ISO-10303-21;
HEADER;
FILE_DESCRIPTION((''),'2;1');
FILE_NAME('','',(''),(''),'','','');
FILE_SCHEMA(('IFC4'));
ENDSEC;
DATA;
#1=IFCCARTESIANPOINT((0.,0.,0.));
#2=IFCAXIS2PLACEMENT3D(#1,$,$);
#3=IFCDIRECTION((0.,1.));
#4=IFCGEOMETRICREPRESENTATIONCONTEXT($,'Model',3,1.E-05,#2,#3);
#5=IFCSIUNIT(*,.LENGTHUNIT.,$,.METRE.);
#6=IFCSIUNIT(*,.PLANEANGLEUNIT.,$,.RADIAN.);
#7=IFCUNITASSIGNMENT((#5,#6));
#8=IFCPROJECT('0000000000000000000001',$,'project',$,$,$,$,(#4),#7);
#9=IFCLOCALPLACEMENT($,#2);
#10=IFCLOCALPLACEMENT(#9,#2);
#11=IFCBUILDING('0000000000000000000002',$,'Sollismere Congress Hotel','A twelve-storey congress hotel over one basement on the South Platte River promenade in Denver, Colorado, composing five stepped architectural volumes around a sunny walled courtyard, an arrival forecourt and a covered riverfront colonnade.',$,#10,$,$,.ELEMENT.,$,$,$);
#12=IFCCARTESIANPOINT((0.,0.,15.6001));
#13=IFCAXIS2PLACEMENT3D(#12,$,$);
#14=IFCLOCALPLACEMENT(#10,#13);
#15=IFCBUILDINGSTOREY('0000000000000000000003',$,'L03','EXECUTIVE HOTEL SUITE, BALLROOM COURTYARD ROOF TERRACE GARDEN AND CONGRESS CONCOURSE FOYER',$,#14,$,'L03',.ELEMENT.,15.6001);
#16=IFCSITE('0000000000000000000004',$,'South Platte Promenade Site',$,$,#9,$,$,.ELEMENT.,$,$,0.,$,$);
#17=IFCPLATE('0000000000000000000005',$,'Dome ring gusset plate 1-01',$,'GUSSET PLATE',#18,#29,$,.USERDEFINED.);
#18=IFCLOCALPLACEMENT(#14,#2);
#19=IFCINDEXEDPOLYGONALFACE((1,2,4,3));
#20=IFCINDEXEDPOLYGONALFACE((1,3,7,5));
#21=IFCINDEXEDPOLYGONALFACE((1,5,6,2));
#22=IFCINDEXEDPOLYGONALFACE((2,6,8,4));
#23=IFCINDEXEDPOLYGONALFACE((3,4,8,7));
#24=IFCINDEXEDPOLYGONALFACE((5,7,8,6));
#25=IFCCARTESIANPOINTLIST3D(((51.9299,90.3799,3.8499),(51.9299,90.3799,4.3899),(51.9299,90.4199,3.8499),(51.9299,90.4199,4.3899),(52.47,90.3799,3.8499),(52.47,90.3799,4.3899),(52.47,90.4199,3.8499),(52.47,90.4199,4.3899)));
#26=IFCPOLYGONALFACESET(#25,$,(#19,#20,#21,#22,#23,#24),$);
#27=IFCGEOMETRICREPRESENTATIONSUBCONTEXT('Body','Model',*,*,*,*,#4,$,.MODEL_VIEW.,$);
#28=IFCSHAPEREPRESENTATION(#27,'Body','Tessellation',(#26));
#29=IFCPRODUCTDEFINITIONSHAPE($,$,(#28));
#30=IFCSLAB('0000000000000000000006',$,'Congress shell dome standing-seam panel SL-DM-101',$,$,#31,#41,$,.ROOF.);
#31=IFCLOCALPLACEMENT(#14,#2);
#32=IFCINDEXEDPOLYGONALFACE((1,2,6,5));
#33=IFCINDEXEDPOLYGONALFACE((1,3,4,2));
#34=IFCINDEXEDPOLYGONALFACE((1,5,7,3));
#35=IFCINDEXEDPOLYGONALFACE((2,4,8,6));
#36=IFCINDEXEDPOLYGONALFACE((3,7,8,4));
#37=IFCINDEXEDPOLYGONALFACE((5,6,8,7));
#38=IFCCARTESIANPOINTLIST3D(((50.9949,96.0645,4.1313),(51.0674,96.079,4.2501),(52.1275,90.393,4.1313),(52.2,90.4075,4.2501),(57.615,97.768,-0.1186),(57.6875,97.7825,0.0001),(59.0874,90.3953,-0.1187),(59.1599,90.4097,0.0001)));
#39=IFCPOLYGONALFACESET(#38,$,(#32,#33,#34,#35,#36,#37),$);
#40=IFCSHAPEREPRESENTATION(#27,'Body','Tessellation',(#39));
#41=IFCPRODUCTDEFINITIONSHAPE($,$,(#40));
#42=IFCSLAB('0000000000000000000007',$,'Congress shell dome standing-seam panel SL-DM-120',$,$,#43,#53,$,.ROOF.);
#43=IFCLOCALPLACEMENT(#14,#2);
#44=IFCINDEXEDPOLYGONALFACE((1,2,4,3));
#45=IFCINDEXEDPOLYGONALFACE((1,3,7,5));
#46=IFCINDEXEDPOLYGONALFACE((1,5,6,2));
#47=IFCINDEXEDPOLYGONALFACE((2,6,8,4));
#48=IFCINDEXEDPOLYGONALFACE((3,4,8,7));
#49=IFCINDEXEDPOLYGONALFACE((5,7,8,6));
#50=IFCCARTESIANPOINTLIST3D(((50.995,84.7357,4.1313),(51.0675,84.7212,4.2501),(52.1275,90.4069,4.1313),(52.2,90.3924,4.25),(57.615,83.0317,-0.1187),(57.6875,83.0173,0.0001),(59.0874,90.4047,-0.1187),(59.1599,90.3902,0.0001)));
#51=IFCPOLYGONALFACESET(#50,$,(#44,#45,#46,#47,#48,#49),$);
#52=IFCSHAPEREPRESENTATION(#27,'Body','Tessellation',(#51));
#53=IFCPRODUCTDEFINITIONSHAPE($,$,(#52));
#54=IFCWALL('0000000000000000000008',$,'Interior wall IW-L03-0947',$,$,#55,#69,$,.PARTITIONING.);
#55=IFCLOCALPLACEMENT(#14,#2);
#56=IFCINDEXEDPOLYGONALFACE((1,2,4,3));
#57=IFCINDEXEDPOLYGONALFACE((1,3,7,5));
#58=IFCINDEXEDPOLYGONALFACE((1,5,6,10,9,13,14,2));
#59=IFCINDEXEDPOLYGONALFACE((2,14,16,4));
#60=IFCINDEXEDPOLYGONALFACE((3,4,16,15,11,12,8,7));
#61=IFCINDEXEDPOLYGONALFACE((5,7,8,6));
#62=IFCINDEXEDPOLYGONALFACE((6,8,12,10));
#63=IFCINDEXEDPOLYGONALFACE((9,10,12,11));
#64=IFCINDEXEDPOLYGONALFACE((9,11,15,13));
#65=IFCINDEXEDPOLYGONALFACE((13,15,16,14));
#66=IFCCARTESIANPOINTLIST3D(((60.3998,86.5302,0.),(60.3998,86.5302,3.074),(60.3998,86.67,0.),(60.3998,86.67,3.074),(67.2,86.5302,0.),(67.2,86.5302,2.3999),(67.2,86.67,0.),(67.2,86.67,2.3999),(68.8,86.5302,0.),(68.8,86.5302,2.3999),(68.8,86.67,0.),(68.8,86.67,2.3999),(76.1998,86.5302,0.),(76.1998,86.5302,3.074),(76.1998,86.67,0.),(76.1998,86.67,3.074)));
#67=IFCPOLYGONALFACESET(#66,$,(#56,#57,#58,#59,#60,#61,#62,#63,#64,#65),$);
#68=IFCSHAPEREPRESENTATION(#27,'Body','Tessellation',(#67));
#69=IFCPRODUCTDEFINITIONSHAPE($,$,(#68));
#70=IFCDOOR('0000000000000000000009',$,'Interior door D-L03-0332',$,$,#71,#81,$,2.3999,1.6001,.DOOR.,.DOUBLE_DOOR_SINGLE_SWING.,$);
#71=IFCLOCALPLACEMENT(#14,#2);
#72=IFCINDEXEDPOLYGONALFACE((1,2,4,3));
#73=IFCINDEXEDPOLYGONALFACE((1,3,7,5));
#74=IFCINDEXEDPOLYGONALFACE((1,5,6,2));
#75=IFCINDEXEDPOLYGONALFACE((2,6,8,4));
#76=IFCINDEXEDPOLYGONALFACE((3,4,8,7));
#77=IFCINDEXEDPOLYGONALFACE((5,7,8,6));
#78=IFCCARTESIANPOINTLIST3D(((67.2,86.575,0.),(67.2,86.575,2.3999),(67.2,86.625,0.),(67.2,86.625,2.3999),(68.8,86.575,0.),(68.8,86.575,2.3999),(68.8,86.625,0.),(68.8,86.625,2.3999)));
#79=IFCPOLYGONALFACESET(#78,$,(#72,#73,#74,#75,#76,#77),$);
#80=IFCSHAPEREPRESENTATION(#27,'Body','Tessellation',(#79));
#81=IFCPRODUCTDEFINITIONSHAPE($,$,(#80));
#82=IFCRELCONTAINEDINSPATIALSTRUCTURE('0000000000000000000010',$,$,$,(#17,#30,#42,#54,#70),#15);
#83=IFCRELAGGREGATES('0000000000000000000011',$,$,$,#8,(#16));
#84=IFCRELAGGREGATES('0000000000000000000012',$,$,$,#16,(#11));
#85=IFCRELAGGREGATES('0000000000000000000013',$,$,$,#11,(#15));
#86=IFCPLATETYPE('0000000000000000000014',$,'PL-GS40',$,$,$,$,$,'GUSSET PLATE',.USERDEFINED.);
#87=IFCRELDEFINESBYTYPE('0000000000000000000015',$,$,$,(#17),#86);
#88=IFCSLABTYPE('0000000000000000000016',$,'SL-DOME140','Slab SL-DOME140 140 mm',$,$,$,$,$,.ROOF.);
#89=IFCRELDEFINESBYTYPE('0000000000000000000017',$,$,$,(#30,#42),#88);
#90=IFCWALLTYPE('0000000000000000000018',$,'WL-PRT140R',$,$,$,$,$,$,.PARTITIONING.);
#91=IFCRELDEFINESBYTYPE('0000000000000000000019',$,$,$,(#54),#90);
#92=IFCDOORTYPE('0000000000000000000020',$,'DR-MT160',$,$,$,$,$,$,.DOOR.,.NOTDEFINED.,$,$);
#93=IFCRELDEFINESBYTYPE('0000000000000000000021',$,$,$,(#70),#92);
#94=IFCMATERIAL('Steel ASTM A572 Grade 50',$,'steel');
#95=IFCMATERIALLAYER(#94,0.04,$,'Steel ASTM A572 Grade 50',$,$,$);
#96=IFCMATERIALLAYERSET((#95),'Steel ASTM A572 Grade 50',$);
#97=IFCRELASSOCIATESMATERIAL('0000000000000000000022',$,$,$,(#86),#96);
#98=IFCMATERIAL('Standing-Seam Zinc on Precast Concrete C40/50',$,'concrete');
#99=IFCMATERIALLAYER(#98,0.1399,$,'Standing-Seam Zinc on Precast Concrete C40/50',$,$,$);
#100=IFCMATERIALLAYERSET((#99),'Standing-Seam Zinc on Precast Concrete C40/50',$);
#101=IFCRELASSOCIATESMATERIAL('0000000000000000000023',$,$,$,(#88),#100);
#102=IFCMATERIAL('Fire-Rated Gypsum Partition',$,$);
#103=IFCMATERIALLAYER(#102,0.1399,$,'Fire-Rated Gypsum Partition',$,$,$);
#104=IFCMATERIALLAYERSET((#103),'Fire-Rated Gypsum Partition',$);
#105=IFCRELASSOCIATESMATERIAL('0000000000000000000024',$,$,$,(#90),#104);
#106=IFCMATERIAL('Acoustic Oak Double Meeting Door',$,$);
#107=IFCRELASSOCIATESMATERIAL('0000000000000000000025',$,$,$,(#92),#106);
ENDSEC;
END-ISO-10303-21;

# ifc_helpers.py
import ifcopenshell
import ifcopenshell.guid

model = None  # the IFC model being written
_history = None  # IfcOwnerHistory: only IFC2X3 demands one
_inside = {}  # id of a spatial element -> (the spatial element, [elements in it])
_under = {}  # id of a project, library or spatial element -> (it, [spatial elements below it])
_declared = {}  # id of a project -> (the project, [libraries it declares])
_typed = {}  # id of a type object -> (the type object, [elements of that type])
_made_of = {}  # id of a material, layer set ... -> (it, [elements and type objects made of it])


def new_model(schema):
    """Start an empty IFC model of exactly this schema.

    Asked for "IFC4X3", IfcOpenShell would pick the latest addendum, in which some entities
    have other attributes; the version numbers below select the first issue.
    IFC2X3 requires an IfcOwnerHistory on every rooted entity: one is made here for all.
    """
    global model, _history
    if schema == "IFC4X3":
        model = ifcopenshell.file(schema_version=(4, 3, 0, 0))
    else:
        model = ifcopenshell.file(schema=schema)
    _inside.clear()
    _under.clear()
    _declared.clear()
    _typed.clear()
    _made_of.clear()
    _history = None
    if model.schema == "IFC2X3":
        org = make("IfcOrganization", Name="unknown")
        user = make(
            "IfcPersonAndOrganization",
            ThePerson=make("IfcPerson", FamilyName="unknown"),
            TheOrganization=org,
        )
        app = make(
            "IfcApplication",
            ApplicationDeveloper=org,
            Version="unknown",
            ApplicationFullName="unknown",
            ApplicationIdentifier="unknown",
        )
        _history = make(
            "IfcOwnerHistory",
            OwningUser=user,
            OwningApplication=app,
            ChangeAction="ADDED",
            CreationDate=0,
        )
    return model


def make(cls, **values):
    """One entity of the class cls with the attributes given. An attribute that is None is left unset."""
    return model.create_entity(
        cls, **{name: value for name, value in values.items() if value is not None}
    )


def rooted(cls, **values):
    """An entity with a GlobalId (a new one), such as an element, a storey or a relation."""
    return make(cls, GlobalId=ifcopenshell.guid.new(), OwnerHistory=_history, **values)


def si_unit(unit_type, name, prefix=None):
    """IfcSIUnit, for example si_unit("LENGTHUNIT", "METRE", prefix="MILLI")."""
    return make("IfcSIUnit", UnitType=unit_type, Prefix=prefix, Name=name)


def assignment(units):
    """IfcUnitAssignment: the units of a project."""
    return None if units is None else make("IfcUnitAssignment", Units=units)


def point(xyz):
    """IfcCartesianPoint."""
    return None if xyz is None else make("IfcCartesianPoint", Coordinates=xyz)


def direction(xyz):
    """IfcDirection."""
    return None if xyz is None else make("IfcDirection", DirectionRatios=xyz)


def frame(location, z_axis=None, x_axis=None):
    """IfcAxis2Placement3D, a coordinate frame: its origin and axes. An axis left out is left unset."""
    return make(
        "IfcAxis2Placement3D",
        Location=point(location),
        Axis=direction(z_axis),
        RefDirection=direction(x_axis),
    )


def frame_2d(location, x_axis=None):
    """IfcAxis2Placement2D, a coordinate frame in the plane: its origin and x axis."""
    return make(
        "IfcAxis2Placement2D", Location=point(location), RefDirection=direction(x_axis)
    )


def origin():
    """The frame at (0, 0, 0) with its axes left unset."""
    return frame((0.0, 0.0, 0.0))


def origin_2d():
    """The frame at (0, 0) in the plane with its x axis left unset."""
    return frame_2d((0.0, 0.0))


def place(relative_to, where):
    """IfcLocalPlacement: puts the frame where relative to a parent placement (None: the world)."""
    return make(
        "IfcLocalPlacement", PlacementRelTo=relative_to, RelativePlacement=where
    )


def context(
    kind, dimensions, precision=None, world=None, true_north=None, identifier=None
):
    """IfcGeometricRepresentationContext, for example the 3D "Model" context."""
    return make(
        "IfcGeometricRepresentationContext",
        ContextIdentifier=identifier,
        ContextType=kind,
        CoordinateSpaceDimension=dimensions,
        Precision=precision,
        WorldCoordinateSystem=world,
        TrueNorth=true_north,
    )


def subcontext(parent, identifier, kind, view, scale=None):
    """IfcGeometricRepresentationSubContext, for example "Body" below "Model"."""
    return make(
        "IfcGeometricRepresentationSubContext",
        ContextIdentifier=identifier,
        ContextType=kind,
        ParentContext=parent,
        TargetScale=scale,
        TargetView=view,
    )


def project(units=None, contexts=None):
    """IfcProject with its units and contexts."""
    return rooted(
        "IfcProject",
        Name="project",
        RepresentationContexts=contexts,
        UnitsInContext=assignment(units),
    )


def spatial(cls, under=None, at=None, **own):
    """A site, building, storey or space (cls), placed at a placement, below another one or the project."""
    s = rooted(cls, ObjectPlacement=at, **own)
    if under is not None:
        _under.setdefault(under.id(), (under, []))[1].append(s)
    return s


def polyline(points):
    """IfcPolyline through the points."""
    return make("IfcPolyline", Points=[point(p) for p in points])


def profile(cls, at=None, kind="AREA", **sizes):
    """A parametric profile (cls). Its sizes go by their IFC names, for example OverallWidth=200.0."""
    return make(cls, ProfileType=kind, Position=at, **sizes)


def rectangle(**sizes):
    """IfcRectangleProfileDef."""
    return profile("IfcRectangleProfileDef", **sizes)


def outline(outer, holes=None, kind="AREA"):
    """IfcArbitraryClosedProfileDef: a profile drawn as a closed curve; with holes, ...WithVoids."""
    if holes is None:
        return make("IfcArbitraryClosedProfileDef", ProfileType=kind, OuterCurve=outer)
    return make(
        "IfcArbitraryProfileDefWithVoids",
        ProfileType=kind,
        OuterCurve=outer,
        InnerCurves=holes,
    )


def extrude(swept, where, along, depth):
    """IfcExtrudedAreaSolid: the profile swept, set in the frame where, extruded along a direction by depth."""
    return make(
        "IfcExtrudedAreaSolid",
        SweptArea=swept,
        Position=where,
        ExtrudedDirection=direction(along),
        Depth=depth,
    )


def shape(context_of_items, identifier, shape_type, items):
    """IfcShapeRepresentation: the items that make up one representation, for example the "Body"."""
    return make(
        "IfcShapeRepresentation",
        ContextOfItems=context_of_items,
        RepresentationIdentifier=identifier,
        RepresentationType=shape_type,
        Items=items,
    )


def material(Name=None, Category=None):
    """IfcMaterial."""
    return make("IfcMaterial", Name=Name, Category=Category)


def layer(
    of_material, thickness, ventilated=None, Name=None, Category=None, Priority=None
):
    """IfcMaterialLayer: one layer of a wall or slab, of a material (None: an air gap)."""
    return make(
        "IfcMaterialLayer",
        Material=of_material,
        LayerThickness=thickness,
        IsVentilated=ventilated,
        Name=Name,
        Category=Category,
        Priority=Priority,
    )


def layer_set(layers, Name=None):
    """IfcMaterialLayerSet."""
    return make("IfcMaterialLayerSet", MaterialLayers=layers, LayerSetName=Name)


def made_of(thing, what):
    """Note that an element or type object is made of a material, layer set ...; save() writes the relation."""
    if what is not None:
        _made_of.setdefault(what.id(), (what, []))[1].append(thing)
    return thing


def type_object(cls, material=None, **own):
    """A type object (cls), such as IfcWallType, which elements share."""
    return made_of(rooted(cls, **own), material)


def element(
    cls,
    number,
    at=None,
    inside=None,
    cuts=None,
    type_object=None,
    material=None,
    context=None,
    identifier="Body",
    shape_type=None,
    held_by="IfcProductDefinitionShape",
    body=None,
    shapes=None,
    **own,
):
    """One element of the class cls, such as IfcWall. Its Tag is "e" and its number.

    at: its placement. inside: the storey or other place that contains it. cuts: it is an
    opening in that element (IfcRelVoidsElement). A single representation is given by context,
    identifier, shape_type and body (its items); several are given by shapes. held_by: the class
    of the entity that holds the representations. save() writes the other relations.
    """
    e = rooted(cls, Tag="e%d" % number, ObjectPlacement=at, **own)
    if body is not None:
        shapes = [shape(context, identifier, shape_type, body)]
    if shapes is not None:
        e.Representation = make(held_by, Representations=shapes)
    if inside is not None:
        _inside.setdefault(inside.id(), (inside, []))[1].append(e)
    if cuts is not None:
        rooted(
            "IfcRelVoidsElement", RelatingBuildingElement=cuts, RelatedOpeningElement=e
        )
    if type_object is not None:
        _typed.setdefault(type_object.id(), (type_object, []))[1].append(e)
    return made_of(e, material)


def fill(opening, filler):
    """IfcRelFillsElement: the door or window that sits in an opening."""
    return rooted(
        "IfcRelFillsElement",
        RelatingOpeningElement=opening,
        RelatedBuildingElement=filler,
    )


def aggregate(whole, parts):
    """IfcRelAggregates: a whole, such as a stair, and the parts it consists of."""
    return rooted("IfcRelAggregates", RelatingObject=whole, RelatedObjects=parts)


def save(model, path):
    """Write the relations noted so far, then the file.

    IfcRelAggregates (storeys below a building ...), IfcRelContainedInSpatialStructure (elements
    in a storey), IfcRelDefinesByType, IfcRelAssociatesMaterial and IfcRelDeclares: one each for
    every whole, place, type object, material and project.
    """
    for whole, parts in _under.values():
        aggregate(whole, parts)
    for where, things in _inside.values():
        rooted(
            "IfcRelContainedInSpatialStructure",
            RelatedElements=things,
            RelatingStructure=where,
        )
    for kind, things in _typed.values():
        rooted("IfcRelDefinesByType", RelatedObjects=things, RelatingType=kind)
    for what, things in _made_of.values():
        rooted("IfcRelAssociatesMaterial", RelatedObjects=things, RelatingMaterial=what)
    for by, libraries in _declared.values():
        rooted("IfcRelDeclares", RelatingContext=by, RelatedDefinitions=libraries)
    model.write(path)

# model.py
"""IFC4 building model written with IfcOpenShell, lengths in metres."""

from ifc_helpers import new_model, si_unit, direction, frame, frame_2d, origin, origin_2d, place, context, subcontext, project, spatial, polyline, rectangle, outline, extrude, material, layer, layer_set, type_object, element, fill, save


model = new_model("IFC4")

# Units and contexts
model_context = context("Model", 3, precision=1e-05, world=origin(), true_north=direction((0.0, 1.0)))
body_context = subcontext(model_context, "Body", "Model", "MODEL_VIEW")
ifc_project = project(units=[si_unit("LENGTHUNIT", "METRE"), si_unit("PLANEANGLEUNIT", "RADIAN")], contexts=[model_context])

# Site, building, storey
site_placement = place(None, origin())
site = spatial("IfcSite", under=ifc_project, at=site_placement, Name="South Platte Promenade Site", CompositionType="ELEMENT", RefElevation=0.0)
building_placement = place(site_placement, origin())
building = spatial("IfcBuilding", under=site, at=building_placement, Name="Sollismere Congress Hotel", Description="A twelve-storey congress hotel over one basement on the South Platte River promenade in Denver, Colorado, composing five stepped architectural volumes around a sunny walled courtyard, an arrival forecourt and a covered riverfront colonnade.", CompositionType="ELEMENT")
storey_placement = place(building_placement, frame((0.0, 0.0, 15.6001)))
storey = spatial("IfcBuildingStorey", under=building, at=storey_placement, Name="L03", Description="EXECUTIVE HOTEL SUITE, BALLROOM COURTYARD ROOF TERRACE GARDEN AND CONGRESS CONCOURSE FOYER", LongName="L03", CompositionType="ELEMENT", Elevation=15.6001)

# Plate
ifc_material_1 = material(Name="Steel ASTM A572 Grade 50", Category="steel")
ifc_layer_1 = layer(ifc_material_1, 0.04, Name="Steel ASTM A572 Grade 50")
ifc_layer_set_1 = layer_set([ifc_layer_1], Name="Steel ASTM A572 Grade 50")
plate_type_1 = type_object("IfcPlateType", Name="PL-GS40", ElementType="GUSSET PLATE", PredefinedType="USERDEFINED", material=ifc_layer_set_1)
plate_1_placement = place(storey_placement, frame((52.2, 90.3999, 3.8499), z_axis=(0.0, 0.0, 1.0), x_axis=(1.0, 0.0, 0.0)))
element("IfcPlate", 1, at=plate_1_placement, inside=storey, type_object=plate_type_1, Name="Dome ring gusset plate 1-01", ObjectType="GUSSET PLATE", PredefinedType="USERDEFINED", context=body_context, shape_type="SweptSolid", body=[
    extrude(rectangle(XDim=0.54, YDim=0.04, at=origin_2d()), origin(), (0.0, 0.0, 1.0), 0.54),
])

# Slabs
ifc_material_2 = material(Name="Standing-Seam Zinc on Precast Concrete C40/50", Category="concrete")
ifc_layer_2 = layer(ifc_material_2, 0.1399, Name="Standing-Seam Zinc on Precast Concrete C40/50")
ifc_layer_set_2 = layer_set([ifc_layer_2], Name="Standing-Seam Zinc on Precast Concrete C40/50")
slab_type = type_object("IfcSlabType", Name="SL-DOME140", Description="Slab SL-DOME140 140 mm", PredefinedType="ROOF", material=ifc_layer_set_2)
slab_1_placement = place(storey_placement, frame((59.0874, 90.3953, -0.1187), z_axis=(0.518333, 0.103513, 0.848891), x_axis=(-0.19584, 0.980636, 0.000002)))
element("IfcSlab", 2, at=slab_1_placement, inside=storey, type_object=slab_type, Name="Congress shell dome standing-seam panel SL-DM-101", PredefinedType="ROOF", context=body_context, shape_type="SweptSolid", body=[
    extrude(outline(polyline([(0.0, 0.0), (7.5183, 0.0), (7.1443, 8.0405), (1.3608, 8.0405), (0.0, 0.0)])), origin(), (0.0, 0.0, 1.0), 0.1399),
])
slab_2_placement = place(storey_placement, frame((57.615, 83.0317, -0.1187), z_axis=(0.518332, -0.103511, 0.848892), x_axis=(0.195835, 0.980637, -0.000001)))
element("IfcSlab", 3, at=slab_2_placement, inside=storey, type_object=slab_type, Name="Congress shell dome standing-seam panel SL-DM-120", PredefinedType="ROOF", context=body_context, shape_type="SweptSolid", body=[
    extrude(outline(polyline([(0.0, 0.0), (7.5186, 0.0), (6.1577, 8.0405), (0.3745, 8.0405), (0.0, 0.0)])), origin(), (0.0, 0.0, 1.0), 0.1399),
])

# Wall, opening, door
ifc_material_3 = material(Name="Fire-Rated Gypsum Partition")
ifc_layer_3 = layer(ifc_material_3, 0.1399, Name="Fire-Rated Gypsum Partition")
ifc_layer_set_3 = layer_set([ifc_layer_3], Name="Fire-Rated Gypsum Partition")
wall_type = type_object("IfcWallType", Name="WL-PRT140R", PredefinedType="PARTITIONING", material=ifc_layer_set_3)
wall_placement = place(storey_placement, frame((60.3999, 86.6001, 0.0), z_axis=(0.0, 0.0, 1.0), x_axis=(1.0, 0.0, 0.0)))
wall = element("IfcWall", 4, at=wall_placement, inside=storey, type_object=wall_type, Name="Interior wall IW-L03-0947", PredefinedType="PARTITIONING", context=body_context, shape_type="SweptSolid", body=[
    extrude(rectangle(XDim=15.8, YDim=0.1399, at=frame_2d((7.8999, 0.0))), origin(), (0.0, 0.0, 1.0), 3.074),
])
opening_placement = place(wall_placement, frame((6.8, 0.0, 0.0)))
opening = element("IfcOpeningElement", 5, at=opening_placement, cuts=wall, PredefinedType="OPENING", context=body_context, shape_type="SweptSolid", body=[
    extrude(rectangle(XDim=1.6001, YDim=2.3999, at=frame_2d((0.8, 1.2))), frame((0.0, 0.0798, 0.0), z_axis=(0.0, -1.0, 0.0), x_axis=(1.0, 0.0, 0.0)), (0.0, 0.0, 1.0), 0.1599),
])
ifc_material_4 = material(Name="Acoustic Oak Double Meeting Door")
door_type = type_object("IfcDoorType", Name="DR-MT160", OperationType="NOTDEFINED", PredefinedType="DOOR", material=ifc_material_4)
door_placement = place(opening_placement, origin())
door = element("IfcDoor", 6, at=door_placement, inside=storey, type_object=door_type, Name="Interior door D-L03-0332", OperationType="DOUBLE_DOOR_SINGLE_SWING", OverallHeight=2.3999, OverallWidth=1.6001, PredefinedType="DOOR", context=body_context, shape_type="SweptSolid", body=[
    extrude(rectangle(XDim=1.6001, YDim=2.3999, at=frame_2d((0.8, 1.2))), frame((0.0, 0.0249, 0.0), z_axis=(0.0, -1.0, 0.0), x_axis=(1.0, 0.0, 0.0)), (0.0, 0.0, 1.0), 0.05),
])
fill(opening, door)

save(model, "model.ifc")
